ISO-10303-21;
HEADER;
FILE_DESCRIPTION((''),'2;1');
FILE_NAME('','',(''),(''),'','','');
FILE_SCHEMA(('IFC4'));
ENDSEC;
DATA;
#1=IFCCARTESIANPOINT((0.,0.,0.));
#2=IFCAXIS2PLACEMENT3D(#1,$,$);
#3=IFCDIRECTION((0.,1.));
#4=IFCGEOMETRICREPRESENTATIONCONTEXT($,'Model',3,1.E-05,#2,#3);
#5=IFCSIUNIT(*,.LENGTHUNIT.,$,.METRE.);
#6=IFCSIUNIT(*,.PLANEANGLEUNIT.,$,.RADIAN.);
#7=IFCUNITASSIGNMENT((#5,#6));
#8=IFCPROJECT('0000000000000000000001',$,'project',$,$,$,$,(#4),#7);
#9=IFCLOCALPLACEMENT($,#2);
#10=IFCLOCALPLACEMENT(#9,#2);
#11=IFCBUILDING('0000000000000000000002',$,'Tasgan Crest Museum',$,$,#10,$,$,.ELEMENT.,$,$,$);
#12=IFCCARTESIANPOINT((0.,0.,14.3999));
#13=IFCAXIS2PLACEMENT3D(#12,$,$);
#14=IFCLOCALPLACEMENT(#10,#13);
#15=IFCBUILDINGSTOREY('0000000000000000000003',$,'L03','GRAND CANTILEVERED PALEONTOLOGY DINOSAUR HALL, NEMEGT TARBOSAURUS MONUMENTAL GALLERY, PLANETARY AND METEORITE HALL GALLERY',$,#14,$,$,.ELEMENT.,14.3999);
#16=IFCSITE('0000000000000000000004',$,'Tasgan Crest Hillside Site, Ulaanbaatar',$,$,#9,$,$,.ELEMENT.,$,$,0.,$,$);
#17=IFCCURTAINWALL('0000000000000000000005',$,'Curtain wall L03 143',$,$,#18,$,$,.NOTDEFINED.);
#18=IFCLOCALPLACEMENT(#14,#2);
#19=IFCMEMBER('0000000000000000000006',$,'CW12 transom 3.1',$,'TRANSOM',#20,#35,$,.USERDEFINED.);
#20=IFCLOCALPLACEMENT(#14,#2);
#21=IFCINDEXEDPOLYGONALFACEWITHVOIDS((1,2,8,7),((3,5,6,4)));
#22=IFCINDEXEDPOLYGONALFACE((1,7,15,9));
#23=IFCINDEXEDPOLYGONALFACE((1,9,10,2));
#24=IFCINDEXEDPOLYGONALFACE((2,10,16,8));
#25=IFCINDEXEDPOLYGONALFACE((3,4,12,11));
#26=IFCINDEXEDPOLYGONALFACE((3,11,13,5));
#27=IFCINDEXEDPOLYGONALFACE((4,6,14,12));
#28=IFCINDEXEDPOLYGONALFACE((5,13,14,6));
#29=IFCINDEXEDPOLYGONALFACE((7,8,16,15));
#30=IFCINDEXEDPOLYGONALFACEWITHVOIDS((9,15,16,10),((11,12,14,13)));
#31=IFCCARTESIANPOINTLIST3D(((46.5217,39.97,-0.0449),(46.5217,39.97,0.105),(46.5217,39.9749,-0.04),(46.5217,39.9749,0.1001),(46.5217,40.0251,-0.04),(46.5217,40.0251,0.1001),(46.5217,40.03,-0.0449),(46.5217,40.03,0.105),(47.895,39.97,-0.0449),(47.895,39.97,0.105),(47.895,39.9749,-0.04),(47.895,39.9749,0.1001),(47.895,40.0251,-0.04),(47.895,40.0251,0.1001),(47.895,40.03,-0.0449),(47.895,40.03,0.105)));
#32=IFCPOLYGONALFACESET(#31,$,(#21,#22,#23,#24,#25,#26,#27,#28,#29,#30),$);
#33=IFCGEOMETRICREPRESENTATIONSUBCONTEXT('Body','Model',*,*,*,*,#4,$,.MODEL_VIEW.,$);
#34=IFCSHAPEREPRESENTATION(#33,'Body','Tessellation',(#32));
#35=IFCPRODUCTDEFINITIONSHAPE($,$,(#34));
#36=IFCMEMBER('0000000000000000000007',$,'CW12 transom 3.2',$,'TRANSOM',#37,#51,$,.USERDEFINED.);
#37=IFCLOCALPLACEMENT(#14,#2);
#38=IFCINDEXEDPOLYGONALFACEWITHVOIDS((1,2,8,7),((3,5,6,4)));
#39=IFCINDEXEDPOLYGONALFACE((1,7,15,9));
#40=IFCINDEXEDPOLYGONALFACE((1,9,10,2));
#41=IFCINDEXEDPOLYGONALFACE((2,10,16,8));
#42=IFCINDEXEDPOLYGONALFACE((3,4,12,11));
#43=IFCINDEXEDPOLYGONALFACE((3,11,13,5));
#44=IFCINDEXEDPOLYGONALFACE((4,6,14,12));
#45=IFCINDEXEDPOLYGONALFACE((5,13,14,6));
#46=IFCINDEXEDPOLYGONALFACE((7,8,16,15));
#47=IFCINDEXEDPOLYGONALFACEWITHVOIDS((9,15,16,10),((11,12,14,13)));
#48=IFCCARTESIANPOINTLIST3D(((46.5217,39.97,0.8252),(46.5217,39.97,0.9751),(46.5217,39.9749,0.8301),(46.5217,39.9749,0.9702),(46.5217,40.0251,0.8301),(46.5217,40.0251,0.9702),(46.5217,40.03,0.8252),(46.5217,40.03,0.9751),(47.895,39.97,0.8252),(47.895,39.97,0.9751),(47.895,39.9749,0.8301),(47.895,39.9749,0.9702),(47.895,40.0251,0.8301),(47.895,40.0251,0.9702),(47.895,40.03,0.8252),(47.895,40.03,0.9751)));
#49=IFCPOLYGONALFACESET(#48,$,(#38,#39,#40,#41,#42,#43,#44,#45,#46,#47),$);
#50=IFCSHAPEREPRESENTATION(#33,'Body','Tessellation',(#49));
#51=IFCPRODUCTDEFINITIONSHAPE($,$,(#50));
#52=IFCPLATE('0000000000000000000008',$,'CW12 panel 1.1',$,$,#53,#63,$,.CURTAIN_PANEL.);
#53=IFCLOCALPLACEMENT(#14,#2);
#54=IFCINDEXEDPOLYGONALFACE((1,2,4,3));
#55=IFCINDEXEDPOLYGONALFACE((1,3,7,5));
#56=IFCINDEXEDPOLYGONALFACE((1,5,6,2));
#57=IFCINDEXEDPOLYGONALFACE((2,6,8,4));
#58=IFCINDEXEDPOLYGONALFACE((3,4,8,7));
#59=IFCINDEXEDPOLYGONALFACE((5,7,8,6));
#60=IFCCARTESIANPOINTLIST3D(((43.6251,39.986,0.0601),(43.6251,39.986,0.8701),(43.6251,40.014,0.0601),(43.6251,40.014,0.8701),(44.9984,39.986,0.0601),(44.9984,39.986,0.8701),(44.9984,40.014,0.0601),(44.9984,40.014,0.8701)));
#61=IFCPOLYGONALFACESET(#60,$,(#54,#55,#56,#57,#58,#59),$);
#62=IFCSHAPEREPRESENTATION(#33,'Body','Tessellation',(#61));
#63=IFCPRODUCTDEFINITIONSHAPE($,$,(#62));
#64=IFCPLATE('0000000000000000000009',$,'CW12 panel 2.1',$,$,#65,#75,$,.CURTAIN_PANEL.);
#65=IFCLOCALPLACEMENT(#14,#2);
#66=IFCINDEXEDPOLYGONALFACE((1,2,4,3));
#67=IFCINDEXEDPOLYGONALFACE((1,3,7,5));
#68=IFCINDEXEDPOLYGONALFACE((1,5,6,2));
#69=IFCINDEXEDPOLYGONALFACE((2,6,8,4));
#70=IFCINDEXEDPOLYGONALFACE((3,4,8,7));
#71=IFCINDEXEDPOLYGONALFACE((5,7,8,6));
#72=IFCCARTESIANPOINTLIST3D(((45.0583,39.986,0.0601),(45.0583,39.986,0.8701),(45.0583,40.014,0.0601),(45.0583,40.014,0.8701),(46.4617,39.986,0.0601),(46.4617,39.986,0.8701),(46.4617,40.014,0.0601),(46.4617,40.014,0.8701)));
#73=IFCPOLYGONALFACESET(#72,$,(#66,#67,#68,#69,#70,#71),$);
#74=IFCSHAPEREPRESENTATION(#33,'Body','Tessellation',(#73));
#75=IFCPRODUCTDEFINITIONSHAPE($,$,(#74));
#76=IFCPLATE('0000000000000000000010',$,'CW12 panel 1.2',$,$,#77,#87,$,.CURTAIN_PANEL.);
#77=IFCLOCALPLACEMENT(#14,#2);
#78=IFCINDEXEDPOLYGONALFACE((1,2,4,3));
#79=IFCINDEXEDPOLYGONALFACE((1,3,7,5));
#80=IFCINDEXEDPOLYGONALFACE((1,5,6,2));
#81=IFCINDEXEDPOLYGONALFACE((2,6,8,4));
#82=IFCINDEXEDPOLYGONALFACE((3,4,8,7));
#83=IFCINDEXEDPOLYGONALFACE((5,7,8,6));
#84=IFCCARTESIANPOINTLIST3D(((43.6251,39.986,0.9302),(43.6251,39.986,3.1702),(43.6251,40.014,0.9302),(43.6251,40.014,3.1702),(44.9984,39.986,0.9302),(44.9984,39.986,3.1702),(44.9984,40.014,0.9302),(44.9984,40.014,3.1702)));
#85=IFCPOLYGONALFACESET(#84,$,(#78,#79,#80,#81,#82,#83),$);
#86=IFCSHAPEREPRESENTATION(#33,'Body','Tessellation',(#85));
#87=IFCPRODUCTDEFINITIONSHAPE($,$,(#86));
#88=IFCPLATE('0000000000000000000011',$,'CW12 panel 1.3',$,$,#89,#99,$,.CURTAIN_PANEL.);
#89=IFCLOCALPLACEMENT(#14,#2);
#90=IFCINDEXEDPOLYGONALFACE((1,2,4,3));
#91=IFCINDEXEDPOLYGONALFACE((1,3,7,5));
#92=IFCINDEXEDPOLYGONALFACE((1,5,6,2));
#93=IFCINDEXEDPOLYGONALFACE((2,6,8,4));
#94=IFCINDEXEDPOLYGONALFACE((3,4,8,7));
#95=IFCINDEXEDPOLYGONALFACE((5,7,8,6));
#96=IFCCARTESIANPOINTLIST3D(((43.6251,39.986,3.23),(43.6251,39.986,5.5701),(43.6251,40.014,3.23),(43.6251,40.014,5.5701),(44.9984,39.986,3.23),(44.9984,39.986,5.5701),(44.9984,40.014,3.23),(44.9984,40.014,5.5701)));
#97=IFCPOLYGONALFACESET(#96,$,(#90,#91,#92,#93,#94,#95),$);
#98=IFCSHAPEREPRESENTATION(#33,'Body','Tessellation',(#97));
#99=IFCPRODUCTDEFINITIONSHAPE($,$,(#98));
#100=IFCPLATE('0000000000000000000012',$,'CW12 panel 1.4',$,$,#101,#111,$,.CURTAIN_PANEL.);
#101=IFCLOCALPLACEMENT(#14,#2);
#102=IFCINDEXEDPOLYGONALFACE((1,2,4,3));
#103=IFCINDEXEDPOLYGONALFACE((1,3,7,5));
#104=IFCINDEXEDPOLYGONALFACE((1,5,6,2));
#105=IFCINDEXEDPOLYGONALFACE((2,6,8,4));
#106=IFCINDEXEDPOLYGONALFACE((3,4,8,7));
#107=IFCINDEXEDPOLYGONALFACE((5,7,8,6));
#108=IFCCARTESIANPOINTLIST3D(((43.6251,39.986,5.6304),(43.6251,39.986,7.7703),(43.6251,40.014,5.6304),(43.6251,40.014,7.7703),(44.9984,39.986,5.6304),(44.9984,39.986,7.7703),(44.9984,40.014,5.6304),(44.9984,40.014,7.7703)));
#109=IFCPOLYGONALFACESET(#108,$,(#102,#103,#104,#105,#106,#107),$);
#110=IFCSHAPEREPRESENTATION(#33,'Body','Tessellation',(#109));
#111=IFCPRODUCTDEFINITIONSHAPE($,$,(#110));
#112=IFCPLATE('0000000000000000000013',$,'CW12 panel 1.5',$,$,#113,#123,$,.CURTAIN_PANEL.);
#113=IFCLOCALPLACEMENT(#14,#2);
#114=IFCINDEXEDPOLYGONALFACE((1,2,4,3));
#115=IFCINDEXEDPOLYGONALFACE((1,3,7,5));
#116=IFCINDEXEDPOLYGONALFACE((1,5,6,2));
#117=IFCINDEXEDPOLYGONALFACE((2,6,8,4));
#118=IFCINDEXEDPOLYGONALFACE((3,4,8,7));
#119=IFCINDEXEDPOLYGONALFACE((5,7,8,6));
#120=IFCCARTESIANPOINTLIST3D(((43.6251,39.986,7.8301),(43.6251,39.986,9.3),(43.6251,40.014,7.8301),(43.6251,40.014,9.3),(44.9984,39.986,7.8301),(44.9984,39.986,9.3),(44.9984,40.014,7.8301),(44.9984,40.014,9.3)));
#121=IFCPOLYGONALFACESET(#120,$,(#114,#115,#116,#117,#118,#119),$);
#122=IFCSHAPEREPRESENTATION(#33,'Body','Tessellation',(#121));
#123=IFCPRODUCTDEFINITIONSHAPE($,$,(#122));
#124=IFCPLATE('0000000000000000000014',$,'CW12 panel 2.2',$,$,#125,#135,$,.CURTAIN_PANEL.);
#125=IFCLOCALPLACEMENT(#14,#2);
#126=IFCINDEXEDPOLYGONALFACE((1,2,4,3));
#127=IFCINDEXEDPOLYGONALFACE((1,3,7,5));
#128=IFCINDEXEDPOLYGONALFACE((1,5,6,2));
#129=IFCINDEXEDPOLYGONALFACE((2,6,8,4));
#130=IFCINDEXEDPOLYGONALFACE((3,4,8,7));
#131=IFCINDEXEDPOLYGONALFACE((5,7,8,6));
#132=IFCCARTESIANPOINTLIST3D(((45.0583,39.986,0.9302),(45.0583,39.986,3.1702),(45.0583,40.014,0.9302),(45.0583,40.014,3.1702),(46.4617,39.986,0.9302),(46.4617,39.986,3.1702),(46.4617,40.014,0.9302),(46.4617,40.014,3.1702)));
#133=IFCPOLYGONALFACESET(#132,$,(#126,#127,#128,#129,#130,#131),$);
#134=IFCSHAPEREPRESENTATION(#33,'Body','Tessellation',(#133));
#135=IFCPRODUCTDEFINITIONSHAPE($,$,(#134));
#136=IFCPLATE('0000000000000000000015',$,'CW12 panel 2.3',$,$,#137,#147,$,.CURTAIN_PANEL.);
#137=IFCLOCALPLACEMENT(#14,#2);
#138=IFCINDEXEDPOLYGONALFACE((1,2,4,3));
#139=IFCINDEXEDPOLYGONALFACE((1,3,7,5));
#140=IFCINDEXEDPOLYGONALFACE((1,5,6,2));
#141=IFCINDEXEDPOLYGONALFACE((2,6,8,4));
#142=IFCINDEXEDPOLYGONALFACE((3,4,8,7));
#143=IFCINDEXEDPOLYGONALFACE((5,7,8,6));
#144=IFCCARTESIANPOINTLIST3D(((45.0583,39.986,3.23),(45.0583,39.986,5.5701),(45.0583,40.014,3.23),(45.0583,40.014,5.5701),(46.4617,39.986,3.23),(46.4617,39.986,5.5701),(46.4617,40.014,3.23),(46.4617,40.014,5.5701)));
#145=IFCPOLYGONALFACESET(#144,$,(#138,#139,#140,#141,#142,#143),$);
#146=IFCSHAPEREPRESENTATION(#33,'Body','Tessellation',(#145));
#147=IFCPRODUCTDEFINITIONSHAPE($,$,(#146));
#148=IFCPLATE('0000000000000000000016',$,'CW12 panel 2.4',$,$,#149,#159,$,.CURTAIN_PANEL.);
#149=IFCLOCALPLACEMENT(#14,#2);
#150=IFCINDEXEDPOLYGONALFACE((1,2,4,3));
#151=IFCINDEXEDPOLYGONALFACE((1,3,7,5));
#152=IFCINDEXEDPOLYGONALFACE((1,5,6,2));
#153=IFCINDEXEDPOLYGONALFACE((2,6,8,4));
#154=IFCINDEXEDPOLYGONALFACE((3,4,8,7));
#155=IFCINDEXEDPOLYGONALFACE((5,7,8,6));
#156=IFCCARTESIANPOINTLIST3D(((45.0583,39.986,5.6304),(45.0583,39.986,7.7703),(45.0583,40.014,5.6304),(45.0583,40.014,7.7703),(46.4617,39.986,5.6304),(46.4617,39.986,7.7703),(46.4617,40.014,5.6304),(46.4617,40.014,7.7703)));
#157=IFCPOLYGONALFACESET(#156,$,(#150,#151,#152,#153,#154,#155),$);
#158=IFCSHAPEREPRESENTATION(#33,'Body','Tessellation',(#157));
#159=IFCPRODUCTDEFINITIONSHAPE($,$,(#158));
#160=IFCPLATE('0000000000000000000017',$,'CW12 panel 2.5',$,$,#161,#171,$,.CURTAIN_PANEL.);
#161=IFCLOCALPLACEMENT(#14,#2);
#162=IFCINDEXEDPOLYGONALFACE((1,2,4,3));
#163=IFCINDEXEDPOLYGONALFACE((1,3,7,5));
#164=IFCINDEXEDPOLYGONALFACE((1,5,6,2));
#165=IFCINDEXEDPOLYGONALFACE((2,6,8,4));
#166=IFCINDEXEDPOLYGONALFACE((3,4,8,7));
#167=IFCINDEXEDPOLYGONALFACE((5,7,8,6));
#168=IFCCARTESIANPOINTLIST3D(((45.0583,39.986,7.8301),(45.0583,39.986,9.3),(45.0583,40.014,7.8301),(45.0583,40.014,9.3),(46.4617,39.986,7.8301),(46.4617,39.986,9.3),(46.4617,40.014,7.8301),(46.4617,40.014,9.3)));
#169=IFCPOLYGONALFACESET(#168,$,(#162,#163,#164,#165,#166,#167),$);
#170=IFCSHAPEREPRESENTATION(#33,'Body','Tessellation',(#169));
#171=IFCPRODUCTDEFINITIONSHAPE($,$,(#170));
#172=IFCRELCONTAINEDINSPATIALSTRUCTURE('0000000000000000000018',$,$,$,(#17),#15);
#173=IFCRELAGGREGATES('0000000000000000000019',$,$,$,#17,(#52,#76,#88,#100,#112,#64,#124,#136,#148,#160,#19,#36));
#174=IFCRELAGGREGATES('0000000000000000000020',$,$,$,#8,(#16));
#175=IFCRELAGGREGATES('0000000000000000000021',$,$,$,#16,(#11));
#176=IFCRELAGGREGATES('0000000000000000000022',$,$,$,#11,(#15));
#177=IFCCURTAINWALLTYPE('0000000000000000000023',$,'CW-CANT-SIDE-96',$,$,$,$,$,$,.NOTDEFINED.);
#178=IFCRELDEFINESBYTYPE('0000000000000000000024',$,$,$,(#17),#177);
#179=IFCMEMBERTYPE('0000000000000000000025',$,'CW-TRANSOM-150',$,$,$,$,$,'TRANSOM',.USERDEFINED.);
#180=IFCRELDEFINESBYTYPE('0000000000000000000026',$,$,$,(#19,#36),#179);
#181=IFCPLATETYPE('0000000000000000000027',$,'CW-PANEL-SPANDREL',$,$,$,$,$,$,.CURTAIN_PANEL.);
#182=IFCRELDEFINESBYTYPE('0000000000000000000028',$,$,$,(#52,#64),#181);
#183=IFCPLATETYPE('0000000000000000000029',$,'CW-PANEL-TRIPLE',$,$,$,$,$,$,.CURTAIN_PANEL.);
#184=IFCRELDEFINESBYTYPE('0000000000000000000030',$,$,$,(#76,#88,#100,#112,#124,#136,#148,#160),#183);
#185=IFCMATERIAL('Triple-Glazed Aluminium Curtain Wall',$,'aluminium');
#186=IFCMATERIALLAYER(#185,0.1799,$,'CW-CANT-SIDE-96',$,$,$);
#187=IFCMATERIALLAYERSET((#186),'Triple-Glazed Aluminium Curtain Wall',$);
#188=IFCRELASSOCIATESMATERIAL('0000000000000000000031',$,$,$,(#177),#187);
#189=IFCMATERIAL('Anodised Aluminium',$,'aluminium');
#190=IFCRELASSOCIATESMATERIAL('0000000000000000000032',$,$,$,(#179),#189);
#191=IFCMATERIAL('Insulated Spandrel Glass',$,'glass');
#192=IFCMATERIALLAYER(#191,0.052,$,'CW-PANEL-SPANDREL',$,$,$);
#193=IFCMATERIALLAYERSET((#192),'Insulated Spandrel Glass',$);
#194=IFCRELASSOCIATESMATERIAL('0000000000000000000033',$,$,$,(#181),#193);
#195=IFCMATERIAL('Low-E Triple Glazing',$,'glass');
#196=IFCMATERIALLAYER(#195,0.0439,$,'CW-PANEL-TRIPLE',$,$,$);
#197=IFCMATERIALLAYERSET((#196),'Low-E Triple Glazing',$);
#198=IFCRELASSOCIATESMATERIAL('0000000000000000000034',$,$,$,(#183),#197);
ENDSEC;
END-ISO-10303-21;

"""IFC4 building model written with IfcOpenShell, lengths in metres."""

from ifc_helpers import new_model, si_unit, direction, frame, origin, origin_2d, place, context, subcontext, project, spatial, rectangle, hollow_rectangle, extrude, material, layer, layer_set, material_profile, profile_set, type_object, element, aggregate, save


model = new_model("IFC4")

# Units and contexts
model_context = context("Model", 3, precision=1e-05, world=origin(), true_north=direction((0.0, 1.0)))
body_context = subcontext(model_context, "Body", "Model", "MODEL_VIEW")
ifc_project = project(units=[si_unit("LENGTHUNIT", "METRE"), si_unit("PLANEANGLEUNIT", "RADIAN")], contexts=[model_context])

# Site, building, storey
site_placement = place(None, origin())
site = spatial("IfcSite", under=ifc_project, at=site_placement, Name="Tasgan Crest Hillside Site, Ulaanbaatar", CompositionType="ELEMENT", RefElevation=0.0)
building_placement = place(site_placement, origin())
building = spatial("IfcBuilding", under=site, at=building_placement, Name="Tasgan Crest Museum", CompositionType="ELEMENT")
storey_placement = place(building_placement, frame((0.0, 0.0, 14.3999)))
storey = spatial("IfcBuildingStorey", under=building, at=storey_placement, Name="L03", Description="GRAND CANTILEVERED PALEONTOLOGY DINOSAUR HALL, NEMEGT TARBOSAURUS MONUMENTAL GALLERY, PLANETARY AND METEORITE HALL GALLERY", CompositionType="ELEMENT", Elevation=14.3999)

# Curtain wall, members, plates
ifc_material_1 = material(Name="Triple-Glazed Aluminium Curtain Wall", Category="aluminium")
ifc_layer_1 = layer(ifc_material_1, 0.1799, Name="CW-CANT-SIDE-96")
ifc_layer_set_1 = layer_set([ifc_layer_1], Name="Triple-Glazed Aluminium Curtain Wall")
curtain_wall_type = type_object("IfcCurtainWallType", Name="CW-CANT-SIDE-96", PredefinedType="NOTDEFINED", material=ifc_layer_set_1)
curtain_wall_placement = place(storey_placement, origin())
curtain_wall = element("IfcCurtainWall", 1, at=curtain_wall_placement, inside=storey, type_object=curtain_wall_type, Name="Curtain wall L03 143", PredefinedType="NOTDEFINED")
ifc_material_2 = material(Name="Anodised Aluminium", Category="aluminium")
ifc_material_profile_1 = material_profile(ifc_material_2, hollow_rectangle(XDim=0.0601, YDim=0.1499, WallThickness=0.0049, at=origin_2d()), Name="ALU TRANSOM 150x60x5")
ifc_profile_set_1 = profile_set([ifc_material_profile_1], Name="Anodised Aluminium")
member_type_1 = type_object("IfcMemberType", Name="CW-TRANSOM-150", ElementType="TRANSOM", PredefinedType="USERDEFINED", material=ifc_profile_set_1)
member_1_placement = place(storey_placement, frame((46.5217, 40.0, 0.03), z_axis=(1.0, 0.0, 0.0), x_axis=(0.0, 1.0, 0.0)))
member_1 = element("IfcMember", 2, at=member_1_placement, type_object=member_type_1, Name="CW12 transom 3.1", ObjectType="TRANSOM", PredefinedType="USERDEFINED", context=body_context, shape_type="SweptSolid", body=[
    extrude(hollow_rectangle(XDim=0.0601, YDim=0.1499, WallThickness=0.0049, at=origin_2d()), origin(), (0.0, 0.0, 1.0), 1.3733),
])
member_2_placement = place(storey_placement, frame((46.5217, 40.0, 0.9001), z_axis=(1.0, 0.0, 0.0), x_axis=(0.0, 1.0, 0.0)))
member_2 = element("IfcMember", 3, at=member_2_placement, type_object=member_type_1, Name="CW12 transom 3.2", ObjectType="TRANSOM", PredefinedType="USERDEFINED", context=body_context, shape_type="SweptSolid", body=[
    extrude(hollow_rectangle(XDim=0.0601, YDim=0.1499, WallThickness=0.0049, at=origin_2d()), origin(), (0.0, 0.0, 1.0), 1.3733),
])
ifc_material_3 = material(Name="Insulated Spandrel Glass", Category="glass")
ifc_layer_2 = layer(ifc_material_3, 0.052, Name="CW-PANEL-SPANDREL")
ifc_layer_set_2 = layer_set([ifc_layer_2], Name="Insulated Spandrel Glass")
plate_type_1 = type_object("IfcPlateType", Name="CW-PANEL-SPANDREL", PredefinedType="CURTAIN_PANEL", material=ifc_layer_set_2)
plate_1_placement = place(storey_placement, frame((44.3118, 40.0, 0.0601), z_axis=(0.0, 0.0, 1.0), x_axis=(1.0, 0.0, 0.0)))
plate_1 = element("IfcPlate", 4, at=plate_1_placement, type_object=plate_type_1, Name="CW12 panel 1.1", PredefinedType="CURTAIN_PANEL", context=body_context, shape_type="SweptSolid", body=[
    extrude(rectangle(XDim=1.3733, YDim=0.0281, at=origin_2d()), origin(), (0.0, 0.0, 1.0), 0.8101),
])
plate_2_placement = place(storey_placement, frame((45.76, 40.0, 0.0601), z_axis=(0.0, 0.0, 1.0), x_axis=(1.0, 0.0, 0.0)))
plate_2 = element("IfcPlate", 5, at=plate_2_placement, type_object=plate_type_1, Name="CW12 panel 2.1", PredefinedType="CURTAIN_PANEL", context=body_context, shape_type="SweptSolid", body=[
    extrude(rectangle(XDim=1.4033, YDim=0.0281, at=origin_2d()), origin(), (0.0, 0.0, 1.0), 0.8101),
])
ifc_material_4 = material(Name="Low-E Triple Glazing", Category="glass")
ifc_layer_3 = layer(ifc_material_4, 0.0439, Name="CW-PANEL-TRIPLE")
ifc_layer_set_3 = layer_set([ifc_layer_3], Name="Low-E Triple Glazing")
plate_type_2 = type_object("IfcPlateType", Name="CW-PANEL-TRIPLE", PredefinedType="CURTAIN_PANEL", material=ifc_layer_set_3)
plate_3_placement = place(storey_placement, frame((44.3118, 40.0, 0.9302), z_axis=(0.0, 0.0, 1.0), x_axis=(1.0, 0.0, 0.0)))
plate_3 = element("IfcPlate", 6, at=plate_3_placement, type_object=plate_type_2, Name="CW12 panel 1.2", PredefinedType="CURTAIN_PANEL", context=body_context, shape_type="SweptSolid", body=[
    extrude(rectangle(XDim=1.3733, YDim=0.0281, at=origin_2d()), origin(), (0.0, 0.0, 1.0), 2.24),
])
plate_4_placement = place(storey_placement, frame((44.3118, 40.0, 3.23), z_axis=(0.0, 0.0, 1.0), x_axis=(1.0, 0.0, 0.0)))
plate_4 = element("IfcPlate", 7, at=plate_4_placement, type_object=plate_type_2, Name="CW12 panel 1.3", PredefinedType="CURTAIN_PANEL", context=body_context, shape_type="SweptSolid", body=[
    extrude(rectangle(XDim=1.3733, YDim=0.0281, at=origin_2d()), origin(), (0.0, 0.0, 1.0), 2.3401),
])
plate_5_placement = place(storey_placement, frame((44.3118, 40.0, 5.6304), z_axis=(0.0, 0.0, 1.0), x_axis=(1.0, 0.0, 0.0)))
plate_5 = element("IfcPlate", 8, at=plate_5_placement, type_object=plate_type_2, Name="CW12 panel 1.4", PredefinedType="CURTAIN_PANEL", context=body_context, shape_type="SweptSolid", body=[
    extrude(rectangle(XDim=1.3733, YDim=0.0281, at=origin_2d()), origin(), (0.0, 0.0, 1.0), 2.1399),
])
plate_6_placement = place(storey_placement, frame((44.3118, 40.0, 7.8301), z_axis=(0.0, 0.0, 1.0), x_axis=(1.0, 0.0, 0.0)))
plate_6 = element("IfcPlate", 9, at=plate_6_placement, type_object=plate_type_2, Name="CW12 panel 1.5", PredefinedType="CURTAIN_PANEL", context=body_context, shape_type="SweptSolid", body=[
    extrude(rectangle(XDim=1.3733, YDim=0.0281, at=origin_2d()), origin(), (0.0, 0.0, 1.0), 1.47),
])
plate_7_placement = place(storey_placement, frame((45.76, 40.0, 0.9302), z_axis=(0.0, 0.0, 1.0), x_axis=(1.0, 0.0, 0.0)))
plate_7 = element("IfcPlate", 10, at=plate_7_placement, type_object=plate_type_2, Name="CW12 panel 2.2", PredefinedType="CURTAIN_PANEL", context=body_context, shape_type="SweptSolid", body=[
    extrude(rectangle(XDim=1.4033, YDim=0.0281, at=origin_2d()), origin(), (0.0, 0.0, 1.0), 2.24),
])
plate_8_placement = place(storey_placement, frame((45.76, 40.0, 3.23), z_axis=(0.0, 0.0, 1.0), x_axis=(1.0, 0.0, 0.0)))
plate_8 = element("IfcPlate", 11, at=plate_8_placement, type_object=plate_type_2, Name="CW12 panel 2.3", PredefinedType="CURTAIN_PANEL", context=body_context, shape_type="SweptSolid", body=[
    extrude(rectangle(XDim=1.4033, YDim=0.0281, at=origin_2d()), origin(), (0.0, 0.0, 1.0), 2.3401),
])
plate_9_placement = place(storey_placement, frame((45.76, 40.0, 5.6304), z_axis=(0.0, 0.0, 1.0), x_axis=(1.0, 0.0, 0.0)))
plate_9 = element("IfcPlate", 12, at=plate_9_placement, type_object=plate_type_2, Name="CW12 panel 2.4", PredefinedType="CURTAIN_PANEL", context=body_context, shape_type="SweptSolid", body=[
    extrude(rectangle(XDim=1.4033, YDim=0.0281, at=origin_2d()), origin(), (0.0, 0.0, 1.0), 2.1399),
])
plate_10_placement = place(storey_placement, frame((45.76, 40.0, 7.8301), z_axis=(0.0, 0.0, 1.0), x_axis=(1.0, 0.0, 0.0)))
plate_10 = element("IfcPlate", 13, at=plate_10_placement, type_object=plate_type_2, Name="CW12 panel 2.5", PredefinedType="CURTAIN_PANEL", context=body_context, shape_type="SweptSolid", body=[
    extrude(rectangle(XDim=1.4033, YDim=0.0281, at=origin_2d()), origin(), (0.0, 0.0, 1.0), 1.47),
])
aggregate(curtain_wall, [plate_1, plate_3, plate_4, plate_5, plate_6, plate_2, plate_7, plate_8, plate_9, plate_10, member_1, member_2])

save(model, "model.ifc")
